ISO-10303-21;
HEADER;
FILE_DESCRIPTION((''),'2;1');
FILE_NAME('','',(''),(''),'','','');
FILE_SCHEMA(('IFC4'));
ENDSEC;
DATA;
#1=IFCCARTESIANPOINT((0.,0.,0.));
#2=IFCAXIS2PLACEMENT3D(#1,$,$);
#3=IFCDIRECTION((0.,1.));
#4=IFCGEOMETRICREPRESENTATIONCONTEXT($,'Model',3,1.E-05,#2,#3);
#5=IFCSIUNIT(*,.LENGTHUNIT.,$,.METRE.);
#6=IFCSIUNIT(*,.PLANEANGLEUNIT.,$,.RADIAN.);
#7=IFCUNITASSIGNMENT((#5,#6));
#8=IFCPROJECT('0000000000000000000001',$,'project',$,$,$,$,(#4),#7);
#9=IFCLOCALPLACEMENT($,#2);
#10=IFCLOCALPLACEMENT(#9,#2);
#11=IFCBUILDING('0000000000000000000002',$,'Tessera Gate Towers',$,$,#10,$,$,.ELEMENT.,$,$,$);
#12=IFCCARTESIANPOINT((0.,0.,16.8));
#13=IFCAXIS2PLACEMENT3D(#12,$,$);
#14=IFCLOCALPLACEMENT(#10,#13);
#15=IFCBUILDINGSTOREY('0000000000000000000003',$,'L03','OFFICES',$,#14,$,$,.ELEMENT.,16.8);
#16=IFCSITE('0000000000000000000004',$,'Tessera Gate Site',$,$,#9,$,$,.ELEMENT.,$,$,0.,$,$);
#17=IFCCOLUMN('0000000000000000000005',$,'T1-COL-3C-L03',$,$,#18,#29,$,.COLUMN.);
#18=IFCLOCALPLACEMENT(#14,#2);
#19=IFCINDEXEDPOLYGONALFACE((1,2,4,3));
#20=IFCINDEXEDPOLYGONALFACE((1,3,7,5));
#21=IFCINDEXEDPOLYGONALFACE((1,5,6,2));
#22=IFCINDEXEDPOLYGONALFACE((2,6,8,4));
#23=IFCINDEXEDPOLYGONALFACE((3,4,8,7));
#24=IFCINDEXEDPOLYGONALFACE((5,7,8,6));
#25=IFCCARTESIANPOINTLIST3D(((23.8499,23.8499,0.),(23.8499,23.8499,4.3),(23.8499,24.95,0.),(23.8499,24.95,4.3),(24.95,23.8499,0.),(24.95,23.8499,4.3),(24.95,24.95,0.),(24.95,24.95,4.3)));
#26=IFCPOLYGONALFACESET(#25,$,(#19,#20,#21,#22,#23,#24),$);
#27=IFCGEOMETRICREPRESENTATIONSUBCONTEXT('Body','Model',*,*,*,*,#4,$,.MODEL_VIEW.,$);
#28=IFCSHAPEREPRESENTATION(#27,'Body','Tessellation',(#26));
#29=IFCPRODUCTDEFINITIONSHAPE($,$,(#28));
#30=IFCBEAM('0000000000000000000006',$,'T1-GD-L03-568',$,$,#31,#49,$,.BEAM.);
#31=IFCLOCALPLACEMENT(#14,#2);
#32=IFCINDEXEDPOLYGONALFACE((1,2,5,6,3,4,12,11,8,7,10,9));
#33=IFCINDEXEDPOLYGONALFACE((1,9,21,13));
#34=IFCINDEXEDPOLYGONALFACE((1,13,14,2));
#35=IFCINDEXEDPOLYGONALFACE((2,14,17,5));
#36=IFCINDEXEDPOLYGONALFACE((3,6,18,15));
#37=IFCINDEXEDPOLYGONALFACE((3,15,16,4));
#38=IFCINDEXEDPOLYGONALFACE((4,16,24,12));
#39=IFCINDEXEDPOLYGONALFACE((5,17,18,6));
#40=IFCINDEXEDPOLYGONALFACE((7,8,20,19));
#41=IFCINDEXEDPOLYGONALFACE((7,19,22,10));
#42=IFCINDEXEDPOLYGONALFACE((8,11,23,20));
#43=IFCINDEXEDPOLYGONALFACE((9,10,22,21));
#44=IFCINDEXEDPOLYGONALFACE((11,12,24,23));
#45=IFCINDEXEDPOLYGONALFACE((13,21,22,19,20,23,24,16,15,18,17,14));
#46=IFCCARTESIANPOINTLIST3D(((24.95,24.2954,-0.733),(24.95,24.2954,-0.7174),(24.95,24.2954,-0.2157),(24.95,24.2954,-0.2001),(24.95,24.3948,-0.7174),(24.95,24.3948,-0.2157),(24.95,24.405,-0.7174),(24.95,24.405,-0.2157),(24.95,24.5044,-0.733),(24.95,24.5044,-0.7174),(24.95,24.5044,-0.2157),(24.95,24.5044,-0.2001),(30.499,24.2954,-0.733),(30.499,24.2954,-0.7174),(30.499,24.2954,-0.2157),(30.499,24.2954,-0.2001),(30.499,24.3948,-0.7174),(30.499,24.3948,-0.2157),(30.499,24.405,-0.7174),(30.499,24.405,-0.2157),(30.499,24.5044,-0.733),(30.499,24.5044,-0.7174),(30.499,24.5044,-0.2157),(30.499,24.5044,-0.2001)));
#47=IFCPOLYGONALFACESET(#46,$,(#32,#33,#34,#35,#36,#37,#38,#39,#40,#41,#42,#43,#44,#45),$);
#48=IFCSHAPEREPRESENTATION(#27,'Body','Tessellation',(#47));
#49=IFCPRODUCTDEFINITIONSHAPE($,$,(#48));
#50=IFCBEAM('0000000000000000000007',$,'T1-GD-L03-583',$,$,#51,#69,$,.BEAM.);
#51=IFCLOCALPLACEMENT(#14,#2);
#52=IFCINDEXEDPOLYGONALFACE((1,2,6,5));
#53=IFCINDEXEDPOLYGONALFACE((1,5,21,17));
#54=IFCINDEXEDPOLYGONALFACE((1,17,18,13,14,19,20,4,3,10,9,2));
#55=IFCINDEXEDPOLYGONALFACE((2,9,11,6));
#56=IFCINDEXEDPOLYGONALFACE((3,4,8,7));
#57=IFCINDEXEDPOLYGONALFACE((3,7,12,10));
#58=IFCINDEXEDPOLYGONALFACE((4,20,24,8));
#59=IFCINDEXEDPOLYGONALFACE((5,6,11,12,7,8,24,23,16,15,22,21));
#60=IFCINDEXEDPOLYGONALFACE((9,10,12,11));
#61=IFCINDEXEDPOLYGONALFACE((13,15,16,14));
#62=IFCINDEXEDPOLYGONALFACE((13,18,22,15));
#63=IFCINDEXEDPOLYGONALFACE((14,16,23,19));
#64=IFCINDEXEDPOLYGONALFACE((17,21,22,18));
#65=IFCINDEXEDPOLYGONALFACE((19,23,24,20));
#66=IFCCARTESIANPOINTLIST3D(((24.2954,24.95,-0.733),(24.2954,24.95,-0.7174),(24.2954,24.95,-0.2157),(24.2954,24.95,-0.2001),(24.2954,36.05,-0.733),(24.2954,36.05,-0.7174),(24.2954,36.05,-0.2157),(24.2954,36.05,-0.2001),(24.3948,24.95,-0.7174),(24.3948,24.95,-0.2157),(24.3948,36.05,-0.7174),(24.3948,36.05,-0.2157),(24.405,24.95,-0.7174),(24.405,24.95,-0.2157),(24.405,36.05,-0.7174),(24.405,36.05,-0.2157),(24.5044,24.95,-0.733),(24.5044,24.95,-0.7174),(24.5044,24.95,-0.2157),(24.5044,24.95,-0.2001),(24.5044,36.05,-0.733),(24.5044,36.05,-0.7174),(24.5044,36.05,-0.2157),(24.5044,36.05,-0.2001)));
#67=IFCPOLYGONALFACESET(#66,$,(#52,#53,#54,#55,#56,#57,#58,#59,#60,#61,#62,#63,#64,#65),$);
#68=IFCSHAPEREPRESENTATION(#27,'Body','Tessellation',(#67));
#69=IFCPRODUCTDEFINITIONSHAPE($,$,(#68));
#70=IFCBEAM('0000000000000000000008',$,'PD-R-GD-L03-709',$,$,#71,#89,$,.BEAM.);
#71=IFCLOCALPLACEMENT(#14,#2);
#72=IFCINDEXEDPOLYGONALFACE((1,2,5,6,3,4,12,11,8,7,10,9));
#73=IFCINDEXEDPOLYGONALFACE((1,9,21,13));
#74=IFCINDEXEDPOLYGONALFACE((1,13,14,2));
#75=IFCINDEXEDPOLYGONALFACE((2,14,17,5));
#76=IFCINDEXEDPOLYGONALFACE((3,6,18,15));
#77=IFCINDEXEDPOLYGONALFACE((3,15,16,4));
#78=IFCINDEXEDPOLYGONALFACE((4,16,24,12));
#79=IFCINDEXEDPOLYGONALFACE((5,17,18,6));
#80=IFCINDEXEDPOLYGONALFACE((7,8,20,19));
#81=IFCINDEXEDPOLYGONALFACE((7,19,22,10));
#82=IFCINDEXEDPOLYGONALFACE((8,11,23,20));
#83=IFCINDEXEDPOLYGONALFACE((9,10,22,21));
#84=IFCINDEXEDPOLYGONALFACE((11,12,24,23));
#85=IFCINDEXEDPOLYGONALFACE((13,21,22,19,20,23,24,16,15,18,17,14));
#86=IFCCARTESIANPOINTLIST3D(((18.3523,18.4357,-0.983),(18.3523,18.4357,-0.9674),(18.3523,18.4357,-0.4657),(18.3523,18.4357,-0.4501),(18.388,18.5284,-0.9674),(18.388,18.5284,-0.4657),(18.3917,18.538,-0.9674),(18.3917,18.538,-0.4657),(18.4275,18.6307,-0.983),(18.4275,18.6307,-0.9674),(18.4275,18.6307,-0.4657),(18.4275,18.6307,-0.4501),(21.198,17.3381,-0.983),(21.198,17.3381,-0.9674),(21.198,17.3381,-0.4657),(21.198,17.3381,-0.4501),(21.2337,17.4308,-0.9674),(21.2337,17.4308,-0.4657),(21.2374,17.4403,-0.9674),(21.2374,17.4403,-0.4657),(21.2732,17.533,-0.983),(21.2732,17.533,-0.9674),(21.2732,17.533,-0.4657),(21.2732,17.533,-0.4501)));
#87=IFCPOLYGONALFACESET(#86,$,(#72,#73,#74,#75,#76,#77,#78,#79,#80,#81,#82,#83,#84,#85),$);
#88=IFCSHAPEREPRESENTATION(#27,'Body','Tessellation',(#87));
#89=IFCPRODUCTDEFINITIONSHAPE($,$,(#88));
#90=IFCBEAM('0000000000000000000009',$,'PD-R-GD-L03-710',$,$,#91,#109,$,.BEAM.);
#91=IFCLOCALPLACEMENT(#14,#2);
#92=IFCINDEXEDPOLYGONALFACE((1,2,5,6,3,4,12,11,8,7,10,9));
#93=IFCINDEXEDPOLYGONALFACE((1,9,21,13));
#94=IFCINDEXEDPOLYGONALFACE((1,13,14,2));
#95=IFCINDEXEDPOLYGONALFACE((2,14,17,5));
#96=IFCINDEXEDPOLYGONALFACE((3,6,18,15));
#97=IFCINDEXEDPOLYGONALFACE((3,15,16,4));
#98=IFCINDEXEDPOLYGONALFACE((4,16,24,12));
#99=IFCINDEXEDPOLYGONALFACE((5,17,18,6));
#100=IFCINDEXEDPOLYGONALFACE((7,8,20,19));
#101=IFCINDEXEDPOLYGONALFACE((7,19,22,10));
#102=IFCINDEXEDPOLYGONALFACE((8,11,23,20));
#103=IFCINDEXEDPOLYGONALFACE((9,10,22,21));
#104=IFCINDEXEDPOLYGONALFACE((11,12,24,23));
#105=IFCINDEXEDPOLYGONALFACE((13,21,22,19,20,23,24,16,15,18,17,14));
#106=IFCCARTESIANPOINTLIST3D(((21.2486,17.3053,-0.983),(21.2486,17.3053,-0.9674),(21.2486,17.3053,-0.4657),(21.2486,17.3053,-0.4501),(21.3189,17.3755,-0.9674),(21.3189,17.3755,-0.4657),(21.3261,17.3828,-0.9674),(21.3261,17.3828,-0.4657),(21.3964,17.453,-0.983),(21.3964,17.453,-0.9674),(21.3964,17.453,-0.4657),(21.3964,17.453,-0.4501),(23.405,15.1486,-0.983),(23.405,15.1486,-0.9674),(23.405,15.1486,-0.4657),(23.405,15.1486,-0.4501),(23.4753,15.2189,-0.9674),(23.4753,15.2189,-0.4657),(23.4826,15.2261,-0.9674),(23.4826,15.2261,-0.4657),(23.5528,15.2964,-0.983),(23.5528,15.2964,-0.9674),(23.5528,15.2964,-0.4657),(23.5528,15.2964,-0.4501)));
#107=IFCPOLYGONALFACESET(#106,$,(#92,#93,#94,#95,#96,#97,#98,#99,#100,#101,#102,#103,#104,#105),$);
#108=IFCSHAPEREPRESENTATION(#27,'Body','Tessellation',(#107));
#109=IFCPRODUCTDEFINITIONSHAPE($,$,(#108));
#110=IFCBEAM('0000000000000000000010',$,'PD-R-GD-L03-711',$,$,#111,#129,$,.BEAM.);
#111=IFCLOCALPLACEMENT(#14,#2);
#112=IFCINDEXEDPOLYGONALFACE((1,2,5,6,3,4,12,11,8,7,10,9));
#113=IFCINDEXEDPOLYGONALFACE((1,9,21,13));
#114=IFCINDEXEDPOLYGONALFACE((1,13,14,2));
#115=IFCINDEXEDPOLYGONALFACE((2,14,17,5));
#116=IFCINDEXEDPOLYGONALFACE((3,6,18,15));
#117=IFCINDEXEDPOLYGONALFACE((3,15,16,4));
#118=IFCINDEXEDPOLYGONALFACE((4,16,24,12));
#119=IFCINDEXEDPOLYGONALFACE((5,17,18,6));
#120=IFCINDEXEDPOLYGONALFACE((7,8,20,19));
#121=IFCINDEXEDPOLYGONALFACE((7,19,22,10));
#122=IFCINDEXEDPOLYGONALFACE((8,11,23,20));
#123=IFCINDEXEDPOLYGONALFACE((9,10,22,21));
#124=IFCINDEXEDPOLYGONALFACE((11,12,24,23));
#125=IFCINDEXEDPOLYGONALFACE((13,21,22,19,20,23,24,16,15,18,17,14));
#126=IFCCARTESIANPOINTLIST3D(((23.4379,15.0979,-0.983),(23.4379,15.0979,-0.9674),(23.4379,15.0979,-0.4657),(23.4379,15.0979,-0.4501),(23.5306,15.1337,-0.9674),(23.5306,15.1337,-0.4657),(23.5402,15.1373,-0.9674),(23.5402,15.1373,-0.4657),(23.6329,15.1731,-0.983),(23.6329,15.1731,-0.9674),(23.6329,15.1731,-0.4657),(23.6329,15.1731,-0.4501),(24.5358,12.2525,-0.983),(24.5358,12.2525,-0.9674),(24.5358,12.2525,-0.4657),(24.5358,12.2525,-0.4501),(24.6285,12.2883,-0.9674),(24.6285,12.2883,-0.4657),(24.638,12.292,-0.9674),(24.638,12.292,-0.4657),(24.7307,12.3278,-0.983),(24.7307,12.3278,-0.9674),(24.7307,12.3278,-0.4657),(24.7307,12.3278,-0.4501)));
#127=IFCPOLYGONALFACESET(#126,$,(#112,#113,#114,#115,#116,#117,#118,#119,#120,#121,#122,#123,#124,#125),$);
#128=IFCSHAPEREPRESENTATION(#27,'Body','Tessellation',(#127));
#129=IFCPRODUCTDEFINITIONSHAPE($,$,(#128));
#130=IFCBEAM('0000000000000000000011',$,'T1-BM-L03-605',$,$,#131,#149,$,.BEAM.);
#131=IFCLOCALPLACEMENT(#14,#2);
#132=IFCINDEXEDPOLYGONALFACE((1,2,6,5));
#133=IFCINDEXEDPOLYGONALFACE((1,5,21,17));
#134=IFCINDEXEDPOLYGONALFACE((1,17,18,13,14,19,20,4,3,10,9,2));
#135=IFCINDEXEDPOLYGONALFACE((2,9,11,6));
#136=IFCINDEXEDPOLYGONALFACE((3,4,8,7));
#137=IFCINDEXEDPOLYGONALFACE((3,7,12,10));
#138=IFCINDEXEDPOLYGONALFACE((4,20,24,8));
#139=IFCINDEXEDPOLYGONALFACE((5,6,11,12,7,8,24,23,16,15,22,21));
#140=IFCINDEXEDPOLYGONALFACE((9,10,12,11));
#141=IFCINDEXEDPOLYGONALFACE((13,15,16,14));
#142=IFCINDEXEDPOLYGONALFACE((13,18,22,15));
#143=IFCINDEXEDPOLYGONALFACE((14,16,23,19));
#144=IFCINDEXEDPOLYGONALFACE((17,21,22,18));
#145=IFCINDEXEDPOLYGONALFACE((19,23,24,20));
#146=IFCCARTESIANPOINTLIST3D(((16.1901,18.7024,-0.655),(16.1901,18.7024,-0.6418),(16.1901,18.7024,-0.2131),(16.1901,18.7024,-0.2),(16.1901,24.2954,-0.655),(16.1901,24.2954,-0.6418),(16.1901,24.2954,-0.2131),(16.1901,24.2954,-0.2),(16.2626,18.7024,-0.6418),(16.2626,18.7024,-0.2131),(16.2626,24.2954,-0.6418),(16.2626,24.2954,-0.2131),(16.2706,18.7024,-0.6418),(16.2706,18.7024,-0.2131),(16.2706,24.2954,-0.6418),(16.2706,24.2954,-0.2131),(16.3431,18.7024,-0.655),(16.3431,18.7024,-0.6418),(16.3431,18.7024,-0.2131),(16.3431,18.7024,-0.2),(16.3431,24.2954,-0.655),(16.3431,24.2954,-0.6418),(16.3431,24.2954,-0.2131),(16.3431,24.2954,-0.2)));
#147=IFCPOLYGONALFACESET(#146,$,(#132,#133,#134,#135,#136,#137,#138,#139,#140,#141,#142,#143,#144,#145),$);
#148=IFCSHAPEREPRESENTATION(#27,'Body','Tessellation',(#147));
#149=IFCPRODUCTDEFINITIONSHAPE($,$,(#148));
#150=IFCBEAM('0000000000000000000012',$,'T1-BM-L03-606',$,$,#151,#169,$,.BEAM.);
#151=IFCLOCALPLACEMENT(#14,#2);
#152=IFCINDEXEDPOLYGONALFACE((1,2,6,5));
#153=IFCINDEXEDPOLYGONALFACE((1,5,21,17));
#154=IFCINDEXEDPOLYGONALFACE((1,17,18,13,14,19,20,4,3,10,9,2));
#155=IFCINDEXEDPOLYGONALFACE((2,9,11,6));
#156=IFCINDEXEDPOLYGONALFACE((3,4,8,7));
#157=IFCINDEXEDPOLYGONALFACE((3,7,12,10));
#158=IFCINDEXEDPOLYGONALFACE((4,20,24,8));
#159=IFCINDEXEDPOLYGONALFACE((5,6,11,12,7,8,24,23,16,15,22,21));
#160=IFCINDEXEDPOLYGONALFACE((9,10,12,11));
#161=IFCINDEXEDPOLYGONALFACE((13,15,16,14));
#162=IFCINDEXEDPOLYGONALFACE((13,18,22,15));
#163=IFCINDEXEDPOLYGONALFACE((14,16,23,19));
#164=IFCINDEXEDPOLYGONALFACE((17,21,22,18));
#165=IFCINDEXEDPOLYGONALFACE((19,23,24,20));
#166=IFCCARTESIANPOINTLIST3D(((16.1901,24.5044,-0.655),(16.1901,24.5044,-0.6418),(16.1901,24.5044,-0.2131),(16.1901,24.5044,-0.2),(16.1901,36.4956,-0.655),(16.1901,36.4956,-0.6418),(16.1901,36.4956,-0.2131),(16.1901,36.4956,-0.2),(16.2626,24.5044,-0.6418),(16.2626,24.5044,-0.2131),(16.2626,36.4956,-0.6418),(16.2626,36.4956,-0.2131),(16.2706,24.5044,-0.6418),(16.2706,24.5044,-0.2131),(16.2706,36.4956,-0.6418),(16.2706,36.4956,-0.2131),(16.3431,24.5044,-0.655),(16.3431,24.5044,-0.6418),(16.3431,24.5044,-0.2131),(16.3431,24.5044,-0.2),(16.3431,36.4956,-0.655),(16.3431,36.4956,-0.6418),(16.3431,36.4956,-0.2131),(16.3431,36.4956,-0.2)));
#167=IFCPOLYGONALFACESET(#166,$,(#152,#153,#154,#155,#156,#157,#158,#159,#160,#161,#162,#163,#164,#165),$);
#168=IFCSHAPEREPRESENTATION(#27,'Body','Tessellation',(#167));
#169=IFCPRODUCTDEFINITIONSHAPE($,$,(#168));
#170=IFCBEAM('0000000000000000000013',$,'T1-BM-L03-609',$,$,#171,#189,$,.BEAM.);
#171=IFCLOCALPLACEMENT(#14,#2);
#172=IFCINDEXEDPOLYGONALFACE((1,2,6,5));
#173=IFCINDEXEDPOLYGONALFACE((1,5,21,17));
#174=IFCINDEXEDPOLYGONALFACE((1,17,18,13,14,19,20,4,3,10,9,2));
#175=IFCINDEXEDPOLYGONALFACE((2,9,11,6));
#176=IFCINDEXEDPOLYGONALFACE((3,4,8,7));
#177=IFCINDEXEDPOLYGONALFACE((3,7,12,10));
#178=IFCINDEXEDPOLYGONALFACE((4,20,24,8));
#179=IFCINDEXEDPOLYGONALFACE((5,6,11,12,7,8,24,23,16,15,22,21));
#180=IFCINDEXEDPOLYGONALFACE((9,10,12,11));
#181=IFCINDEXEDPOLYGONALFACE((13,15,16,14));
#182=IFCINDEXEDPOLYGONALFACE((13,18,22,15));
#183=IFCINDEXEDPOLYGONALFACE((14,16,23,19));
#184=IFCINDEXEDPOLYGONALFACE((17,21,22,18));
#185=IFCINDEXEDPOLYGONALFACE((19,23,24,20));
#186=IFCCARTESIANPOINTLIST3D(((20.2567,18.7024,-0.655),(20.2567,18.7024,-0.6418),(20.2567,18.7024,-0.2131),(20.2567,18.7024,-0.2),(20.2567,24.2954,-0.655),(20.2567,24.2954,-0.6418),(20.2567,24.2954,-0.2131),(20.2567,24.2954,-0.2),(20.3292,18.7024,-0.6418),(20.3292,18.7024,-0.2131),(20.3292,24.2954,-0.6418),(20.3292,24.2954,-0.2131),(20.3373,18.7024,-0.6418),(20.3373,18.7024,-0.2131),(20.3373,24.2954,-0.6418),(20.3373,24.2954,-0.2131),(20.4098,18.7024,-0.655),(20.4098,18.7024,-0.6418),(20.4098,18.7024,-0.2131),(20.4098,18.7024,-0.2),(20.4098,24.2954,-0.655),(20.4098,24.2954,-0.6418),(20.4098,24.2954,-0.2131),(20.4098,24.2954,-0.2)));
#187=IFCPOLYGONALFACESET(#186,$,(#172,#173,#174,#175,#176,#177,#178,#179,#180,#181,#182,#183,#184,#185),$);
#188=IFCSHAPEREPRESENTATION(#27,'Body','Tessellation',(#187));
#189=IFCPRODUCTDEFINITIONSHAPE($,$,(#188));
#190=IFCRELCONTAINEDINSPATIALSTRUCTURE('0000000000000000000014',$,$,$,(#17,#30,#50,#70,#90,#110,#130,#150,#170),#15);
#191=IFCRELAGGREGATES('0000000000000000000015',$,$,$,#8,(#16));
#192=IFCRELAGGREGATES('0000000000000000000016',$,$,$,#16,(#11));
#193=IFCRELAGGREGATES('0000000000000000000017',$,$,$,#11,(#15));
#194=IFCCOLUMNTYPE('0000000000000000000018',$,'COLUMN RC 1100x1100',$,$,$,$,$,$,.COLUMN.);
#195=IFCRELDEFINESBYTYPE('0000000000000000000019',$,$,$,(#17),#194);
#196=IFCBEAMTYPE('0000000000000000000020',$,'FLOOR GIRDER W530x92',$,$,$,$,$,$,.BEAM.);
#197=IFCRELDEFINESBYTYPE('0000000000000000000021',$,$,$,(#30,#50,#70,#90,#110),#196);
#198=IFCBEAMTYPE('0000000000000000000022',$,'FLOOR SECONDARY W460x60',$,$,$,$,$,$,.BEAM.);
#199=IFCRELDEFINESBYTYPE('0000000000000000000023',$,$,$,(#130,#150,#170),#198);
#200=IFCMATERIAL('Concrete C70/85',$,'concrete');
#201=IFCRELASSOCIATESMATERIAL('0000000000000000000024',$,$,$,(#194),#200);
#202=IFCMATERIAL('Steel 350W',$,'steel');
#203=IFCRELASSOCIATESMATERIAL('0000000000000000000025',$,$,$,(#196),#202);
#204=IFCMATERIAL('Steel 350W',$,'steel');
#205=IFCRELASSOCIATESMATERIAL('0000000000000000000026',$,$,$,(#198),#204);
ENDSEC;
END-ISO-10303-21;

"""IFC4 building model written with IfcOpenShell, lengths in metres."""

from ifc_helpers import new_model, si_unit, direction, frame, origin, origin_2d, place, context, subcontext, project, spatial, rectangle, i_section, extrude, material, material_profile, profile_set, type_object, element, save


model = new_model("IFC4")

# Units and contexts
model_context = context("Model", 3, precision=1e-05, world=origin(), true_north=direction((0.0, 1.0)))
body_context = subcontext(model_context, "Body", "Model", "MODEL_VIEW")
ifc_project = project(units=[si_unit("LENGTHUNIT", "METRE"), si_unit("PLANEANGLEUNIT", "RADIAN")], contexts=[model_context])

# Site, building, storey
site_placement = place(None, origin())
site = spatial("IfcSite", under=ifc_project, at=site_placement, Name="Tessera Gate Site", CompositionType="ELEMENT", RefElevation=0.0)
building_placement = place(site_placement, origin())
building = spatial("IfcBuilding", under=site, at=building_placement, Name="Tessera Gate Towers", CompositionType="ELEMENT")
storey_placement = place(building_placement, frame((0.0, 0.0, 16.8)))
storey = spatial("IfcBuildingStorey", under=building, at=storey_placement, Name="L03", Description="OFFICES", CompositionType="ELEMENT", Elevation=16.8)

# Column
ifc_material_1 = material(Name="Concrete C70/85", Category="concrete")
ifc_material_profile_1 = material_profile(ifc_material_1, rectangle(XDim=1.1001, YDim=1.1001, at=origin_2d()), Name="RC 1100x1100")
ifc_profile_set_1 = profile_set([ifc_material_profile_1], Name="Concrete C70/85")
column_type = type_object("IfcColumnType", Name="COLUMN RC 1100x1100", PredefinedType="COLUMN", material=ifc_profile_set_1)
column_placement = place(storey_placement, frame((24.3999, 24.3999, 0.0), z_axis=(0.0, 0.0, 1.0), x_axis=(1.0, 0.0, 0.0)))
element("IfcColumn", 1, at=column_placement, inside=storey, type_object=column_type, Name="T1-COL-3C-L03", PredefinedType="COLUMN", context=body_context, shape_type="SweptSolid", body=[
    extrude(rectangle(XDim=1.1001, YDim=1.1001, at=origin_2d()), origin(), (0.0, 0.0, 1.0), 4.3),
])

# Beams
ifc_material_2 = material(Name="Steel 350W", Category="steel")
ifc_material_profile_2 = material_profile(ifc_material_2, i_section(OverallWidth=0.209, OverallDepth=0.533, WebThickness=0.0103, FlangeThickness=0.0156, at=origin_2d()), Name="W530x92")
ifc_profile_set_2 = profile_set([ifc_material_profile_2], Name="Steel 350W")
beam_type_1 = type_object("IfcBeamType", Name="FLOOR GIRDER W530x92", PredefinedType="BEAM", material=ifc_profile_set_2)
beam_1_placement = place(storey_placement, frame((24.95, 24.3999, -0.4666), z_axis=(1.0, 0.0, 0.0), x_axis=(0.0, 1.0, 0.0)))
element("IfcBeam", 2, at=beam_1_placement, inside=storey, type_object=beam_type_1, Name="T1-GD-L03-568", PredefinedType="BEAM", context=body_context, shape_type="SweptSolid", body=[
    extrude(i_section(OverallWidth=0.209, OverallDepth=0.533, WebThickness=0.0103, FlangeThickness=0.0156, at=origin_2d()), origin(), (0.0, 0.0, 1.0), 5.5491),
])
beam_2_placement = place(storey_placement, frame((24.3999, 24.95, -0.4666), z_axis=(0.0, 1.0, 0.0), x_axis=(-1.0, 0.0, 0.0)))
element("IfcBeam", 3, at=beam_2_placement, inside=storey, type_object=beam_type_1, Name="T1-GD-L03-583", PredefinedType="BEAM", context=body_context, shape_type="SweptSolid", body=[
    extrude(i_section(OverallWidth=0.209, OverallDepth=0.533, WebThickness=0.0103, FlangeThickness=0.0156, at=origin_2d()), origin(), (0.0, 0.0, 1.0), 11.1001),
])
beam_3_placement = place(storey_placement, frame((18.3899, 18.5332, -0.7166), z_axis=(0.932999, -0.35988, 0.0), x_axis=(0.35988, 0.932999, 0.0)))
element("IfcBeam", 4, at=beam_3_placement, inside=storey, type_object=beam_type_1, Name="PD-R-GD-L03-709", PredefinedType="BEAM", context=body_context, shape_type="SweptSolid", body=[
    extrude(i_section(OverallWidth=0.209, OverallDepth=0.533, WebThickness=0.0103, FlangeThickness=0.0156, at=origin_2d()), origin(), (0.0, 0.0, 1.0), 3.05),
])
for number, where, z_axis, x_axis, name in (
    (5, (21.3225, 17.3792, -0.7166), (0.707067, -0.707147, 0.0), (0.707147, 0.707067, 0.0), "PD-R-GD-L03-710"),
    (6, (23.5354, 15.1355, -0.7166), (0.359977, -0.932961, 0.0), (0.932961, 0.359977, 0.0), "PD-R-GD-L03-711"),
):
    element("IfcBeam", number, at=place(storey_placement, frame(where, z_axis=z_axis, x_axis=x_axis)), inside=storey, type_object=beam_type_1, Name=name, PredefinedType="BEAM", context=body_context, shape_type="SweptSolid", body=[
        extrude(i_section(OverallWidth=0.209, OverallDepth=0.533, WebThickness=0.0103, FlangeThickness=0.0156, at=origin_2d()), origin(), (0.0, 0.0, 1.0), 3.0498),
    ])
ifc_material_3 = material(Name="Steel 350W", Category="steel")
ifc_material_profile_3 = material_profile(ifc_material_3, i_section(OverallWidth=0.1531, OverallDepth=0.4551, WebThickness=0.0081, FlangeThickness=0.0132, at=origin_2d()), Name="W460x60")
ifc_profile_set_3 = profile_set([ifc_material_profile_3], Name="Steel 350W")
beam_type_2 = type_object("IfcBeamType", Name="FLOOR SECONDARY W460x60", PredefinedType="BEAM", material=ifc_profile_set_3)
beam_4_placement = place(storey_placement, frame((16.2666, 18.7024, -0.4275), z_axis=(0.0, 1.0, 0.0), x_axis=(-1.0, 0.0, 0.0)))
element("IfcBeam", 7, at=beam_4_placement, inside=storey, type_object=beam_type_2, Name="T1-BM-L03-605", PredefinedType="BEAM", context=body_context, shape_type="SweptSolid", body=[
    extrude(i_section(OverallWidth=0.1531, OverallDepth=0.4551, WebThickness=0.0081, FlangeThickness=0.0132, at=origin_2d()), origin(), (0.0, 0.0, 1.0), 5.593),
])
beam_5_placement = place(storey_placement, frame((16.2666, 24.5044, -0.4275), z_axis=(0.0, 1.0, 0.0), x_axis=(-1.0, 0.0, 0.0)))
element("IfcBeam", 8, at=beam_5_placement, inside=storey, type_object=beam_type_2, Name="T1-BM-L03-606", PredefinedType="BEAM", context=body_context, shape_type="SweptSolid", body=[
    extrude(i_section(OverallWidth=0.1531, OverallDepth=0.4551, WebThickness=0.0081, FlangeThickness=0.0132, at=origin_2d()), origin(), (0.0, 0.0, 1.0), 11.9912),
])
beam_6_placement = place(storey_placement, frame((20.3333, 18.7024, -0.4275), z_axis=(0.0, 1.0, 0.0), x_axis=(-1.0, 0.0, 0.0)))
element("IfcBeam", 9, at=beam_6_placement, inside=storey, type_object=beam_type_2, Name="T1-BM-L03-609", PredefinedType="BEAM", context=body_context, shape_type="SweptSolid", body=[
    extrude(i_section(OverallWidth=0.1531, OverallDepth=0.4551, WebThickness=0.0081, FlangeThickness=0.0132, at=origin_2d()), origin(), (0.0, 0.0, 1.0), 5.593),
])

save(model, "model.ifc")
